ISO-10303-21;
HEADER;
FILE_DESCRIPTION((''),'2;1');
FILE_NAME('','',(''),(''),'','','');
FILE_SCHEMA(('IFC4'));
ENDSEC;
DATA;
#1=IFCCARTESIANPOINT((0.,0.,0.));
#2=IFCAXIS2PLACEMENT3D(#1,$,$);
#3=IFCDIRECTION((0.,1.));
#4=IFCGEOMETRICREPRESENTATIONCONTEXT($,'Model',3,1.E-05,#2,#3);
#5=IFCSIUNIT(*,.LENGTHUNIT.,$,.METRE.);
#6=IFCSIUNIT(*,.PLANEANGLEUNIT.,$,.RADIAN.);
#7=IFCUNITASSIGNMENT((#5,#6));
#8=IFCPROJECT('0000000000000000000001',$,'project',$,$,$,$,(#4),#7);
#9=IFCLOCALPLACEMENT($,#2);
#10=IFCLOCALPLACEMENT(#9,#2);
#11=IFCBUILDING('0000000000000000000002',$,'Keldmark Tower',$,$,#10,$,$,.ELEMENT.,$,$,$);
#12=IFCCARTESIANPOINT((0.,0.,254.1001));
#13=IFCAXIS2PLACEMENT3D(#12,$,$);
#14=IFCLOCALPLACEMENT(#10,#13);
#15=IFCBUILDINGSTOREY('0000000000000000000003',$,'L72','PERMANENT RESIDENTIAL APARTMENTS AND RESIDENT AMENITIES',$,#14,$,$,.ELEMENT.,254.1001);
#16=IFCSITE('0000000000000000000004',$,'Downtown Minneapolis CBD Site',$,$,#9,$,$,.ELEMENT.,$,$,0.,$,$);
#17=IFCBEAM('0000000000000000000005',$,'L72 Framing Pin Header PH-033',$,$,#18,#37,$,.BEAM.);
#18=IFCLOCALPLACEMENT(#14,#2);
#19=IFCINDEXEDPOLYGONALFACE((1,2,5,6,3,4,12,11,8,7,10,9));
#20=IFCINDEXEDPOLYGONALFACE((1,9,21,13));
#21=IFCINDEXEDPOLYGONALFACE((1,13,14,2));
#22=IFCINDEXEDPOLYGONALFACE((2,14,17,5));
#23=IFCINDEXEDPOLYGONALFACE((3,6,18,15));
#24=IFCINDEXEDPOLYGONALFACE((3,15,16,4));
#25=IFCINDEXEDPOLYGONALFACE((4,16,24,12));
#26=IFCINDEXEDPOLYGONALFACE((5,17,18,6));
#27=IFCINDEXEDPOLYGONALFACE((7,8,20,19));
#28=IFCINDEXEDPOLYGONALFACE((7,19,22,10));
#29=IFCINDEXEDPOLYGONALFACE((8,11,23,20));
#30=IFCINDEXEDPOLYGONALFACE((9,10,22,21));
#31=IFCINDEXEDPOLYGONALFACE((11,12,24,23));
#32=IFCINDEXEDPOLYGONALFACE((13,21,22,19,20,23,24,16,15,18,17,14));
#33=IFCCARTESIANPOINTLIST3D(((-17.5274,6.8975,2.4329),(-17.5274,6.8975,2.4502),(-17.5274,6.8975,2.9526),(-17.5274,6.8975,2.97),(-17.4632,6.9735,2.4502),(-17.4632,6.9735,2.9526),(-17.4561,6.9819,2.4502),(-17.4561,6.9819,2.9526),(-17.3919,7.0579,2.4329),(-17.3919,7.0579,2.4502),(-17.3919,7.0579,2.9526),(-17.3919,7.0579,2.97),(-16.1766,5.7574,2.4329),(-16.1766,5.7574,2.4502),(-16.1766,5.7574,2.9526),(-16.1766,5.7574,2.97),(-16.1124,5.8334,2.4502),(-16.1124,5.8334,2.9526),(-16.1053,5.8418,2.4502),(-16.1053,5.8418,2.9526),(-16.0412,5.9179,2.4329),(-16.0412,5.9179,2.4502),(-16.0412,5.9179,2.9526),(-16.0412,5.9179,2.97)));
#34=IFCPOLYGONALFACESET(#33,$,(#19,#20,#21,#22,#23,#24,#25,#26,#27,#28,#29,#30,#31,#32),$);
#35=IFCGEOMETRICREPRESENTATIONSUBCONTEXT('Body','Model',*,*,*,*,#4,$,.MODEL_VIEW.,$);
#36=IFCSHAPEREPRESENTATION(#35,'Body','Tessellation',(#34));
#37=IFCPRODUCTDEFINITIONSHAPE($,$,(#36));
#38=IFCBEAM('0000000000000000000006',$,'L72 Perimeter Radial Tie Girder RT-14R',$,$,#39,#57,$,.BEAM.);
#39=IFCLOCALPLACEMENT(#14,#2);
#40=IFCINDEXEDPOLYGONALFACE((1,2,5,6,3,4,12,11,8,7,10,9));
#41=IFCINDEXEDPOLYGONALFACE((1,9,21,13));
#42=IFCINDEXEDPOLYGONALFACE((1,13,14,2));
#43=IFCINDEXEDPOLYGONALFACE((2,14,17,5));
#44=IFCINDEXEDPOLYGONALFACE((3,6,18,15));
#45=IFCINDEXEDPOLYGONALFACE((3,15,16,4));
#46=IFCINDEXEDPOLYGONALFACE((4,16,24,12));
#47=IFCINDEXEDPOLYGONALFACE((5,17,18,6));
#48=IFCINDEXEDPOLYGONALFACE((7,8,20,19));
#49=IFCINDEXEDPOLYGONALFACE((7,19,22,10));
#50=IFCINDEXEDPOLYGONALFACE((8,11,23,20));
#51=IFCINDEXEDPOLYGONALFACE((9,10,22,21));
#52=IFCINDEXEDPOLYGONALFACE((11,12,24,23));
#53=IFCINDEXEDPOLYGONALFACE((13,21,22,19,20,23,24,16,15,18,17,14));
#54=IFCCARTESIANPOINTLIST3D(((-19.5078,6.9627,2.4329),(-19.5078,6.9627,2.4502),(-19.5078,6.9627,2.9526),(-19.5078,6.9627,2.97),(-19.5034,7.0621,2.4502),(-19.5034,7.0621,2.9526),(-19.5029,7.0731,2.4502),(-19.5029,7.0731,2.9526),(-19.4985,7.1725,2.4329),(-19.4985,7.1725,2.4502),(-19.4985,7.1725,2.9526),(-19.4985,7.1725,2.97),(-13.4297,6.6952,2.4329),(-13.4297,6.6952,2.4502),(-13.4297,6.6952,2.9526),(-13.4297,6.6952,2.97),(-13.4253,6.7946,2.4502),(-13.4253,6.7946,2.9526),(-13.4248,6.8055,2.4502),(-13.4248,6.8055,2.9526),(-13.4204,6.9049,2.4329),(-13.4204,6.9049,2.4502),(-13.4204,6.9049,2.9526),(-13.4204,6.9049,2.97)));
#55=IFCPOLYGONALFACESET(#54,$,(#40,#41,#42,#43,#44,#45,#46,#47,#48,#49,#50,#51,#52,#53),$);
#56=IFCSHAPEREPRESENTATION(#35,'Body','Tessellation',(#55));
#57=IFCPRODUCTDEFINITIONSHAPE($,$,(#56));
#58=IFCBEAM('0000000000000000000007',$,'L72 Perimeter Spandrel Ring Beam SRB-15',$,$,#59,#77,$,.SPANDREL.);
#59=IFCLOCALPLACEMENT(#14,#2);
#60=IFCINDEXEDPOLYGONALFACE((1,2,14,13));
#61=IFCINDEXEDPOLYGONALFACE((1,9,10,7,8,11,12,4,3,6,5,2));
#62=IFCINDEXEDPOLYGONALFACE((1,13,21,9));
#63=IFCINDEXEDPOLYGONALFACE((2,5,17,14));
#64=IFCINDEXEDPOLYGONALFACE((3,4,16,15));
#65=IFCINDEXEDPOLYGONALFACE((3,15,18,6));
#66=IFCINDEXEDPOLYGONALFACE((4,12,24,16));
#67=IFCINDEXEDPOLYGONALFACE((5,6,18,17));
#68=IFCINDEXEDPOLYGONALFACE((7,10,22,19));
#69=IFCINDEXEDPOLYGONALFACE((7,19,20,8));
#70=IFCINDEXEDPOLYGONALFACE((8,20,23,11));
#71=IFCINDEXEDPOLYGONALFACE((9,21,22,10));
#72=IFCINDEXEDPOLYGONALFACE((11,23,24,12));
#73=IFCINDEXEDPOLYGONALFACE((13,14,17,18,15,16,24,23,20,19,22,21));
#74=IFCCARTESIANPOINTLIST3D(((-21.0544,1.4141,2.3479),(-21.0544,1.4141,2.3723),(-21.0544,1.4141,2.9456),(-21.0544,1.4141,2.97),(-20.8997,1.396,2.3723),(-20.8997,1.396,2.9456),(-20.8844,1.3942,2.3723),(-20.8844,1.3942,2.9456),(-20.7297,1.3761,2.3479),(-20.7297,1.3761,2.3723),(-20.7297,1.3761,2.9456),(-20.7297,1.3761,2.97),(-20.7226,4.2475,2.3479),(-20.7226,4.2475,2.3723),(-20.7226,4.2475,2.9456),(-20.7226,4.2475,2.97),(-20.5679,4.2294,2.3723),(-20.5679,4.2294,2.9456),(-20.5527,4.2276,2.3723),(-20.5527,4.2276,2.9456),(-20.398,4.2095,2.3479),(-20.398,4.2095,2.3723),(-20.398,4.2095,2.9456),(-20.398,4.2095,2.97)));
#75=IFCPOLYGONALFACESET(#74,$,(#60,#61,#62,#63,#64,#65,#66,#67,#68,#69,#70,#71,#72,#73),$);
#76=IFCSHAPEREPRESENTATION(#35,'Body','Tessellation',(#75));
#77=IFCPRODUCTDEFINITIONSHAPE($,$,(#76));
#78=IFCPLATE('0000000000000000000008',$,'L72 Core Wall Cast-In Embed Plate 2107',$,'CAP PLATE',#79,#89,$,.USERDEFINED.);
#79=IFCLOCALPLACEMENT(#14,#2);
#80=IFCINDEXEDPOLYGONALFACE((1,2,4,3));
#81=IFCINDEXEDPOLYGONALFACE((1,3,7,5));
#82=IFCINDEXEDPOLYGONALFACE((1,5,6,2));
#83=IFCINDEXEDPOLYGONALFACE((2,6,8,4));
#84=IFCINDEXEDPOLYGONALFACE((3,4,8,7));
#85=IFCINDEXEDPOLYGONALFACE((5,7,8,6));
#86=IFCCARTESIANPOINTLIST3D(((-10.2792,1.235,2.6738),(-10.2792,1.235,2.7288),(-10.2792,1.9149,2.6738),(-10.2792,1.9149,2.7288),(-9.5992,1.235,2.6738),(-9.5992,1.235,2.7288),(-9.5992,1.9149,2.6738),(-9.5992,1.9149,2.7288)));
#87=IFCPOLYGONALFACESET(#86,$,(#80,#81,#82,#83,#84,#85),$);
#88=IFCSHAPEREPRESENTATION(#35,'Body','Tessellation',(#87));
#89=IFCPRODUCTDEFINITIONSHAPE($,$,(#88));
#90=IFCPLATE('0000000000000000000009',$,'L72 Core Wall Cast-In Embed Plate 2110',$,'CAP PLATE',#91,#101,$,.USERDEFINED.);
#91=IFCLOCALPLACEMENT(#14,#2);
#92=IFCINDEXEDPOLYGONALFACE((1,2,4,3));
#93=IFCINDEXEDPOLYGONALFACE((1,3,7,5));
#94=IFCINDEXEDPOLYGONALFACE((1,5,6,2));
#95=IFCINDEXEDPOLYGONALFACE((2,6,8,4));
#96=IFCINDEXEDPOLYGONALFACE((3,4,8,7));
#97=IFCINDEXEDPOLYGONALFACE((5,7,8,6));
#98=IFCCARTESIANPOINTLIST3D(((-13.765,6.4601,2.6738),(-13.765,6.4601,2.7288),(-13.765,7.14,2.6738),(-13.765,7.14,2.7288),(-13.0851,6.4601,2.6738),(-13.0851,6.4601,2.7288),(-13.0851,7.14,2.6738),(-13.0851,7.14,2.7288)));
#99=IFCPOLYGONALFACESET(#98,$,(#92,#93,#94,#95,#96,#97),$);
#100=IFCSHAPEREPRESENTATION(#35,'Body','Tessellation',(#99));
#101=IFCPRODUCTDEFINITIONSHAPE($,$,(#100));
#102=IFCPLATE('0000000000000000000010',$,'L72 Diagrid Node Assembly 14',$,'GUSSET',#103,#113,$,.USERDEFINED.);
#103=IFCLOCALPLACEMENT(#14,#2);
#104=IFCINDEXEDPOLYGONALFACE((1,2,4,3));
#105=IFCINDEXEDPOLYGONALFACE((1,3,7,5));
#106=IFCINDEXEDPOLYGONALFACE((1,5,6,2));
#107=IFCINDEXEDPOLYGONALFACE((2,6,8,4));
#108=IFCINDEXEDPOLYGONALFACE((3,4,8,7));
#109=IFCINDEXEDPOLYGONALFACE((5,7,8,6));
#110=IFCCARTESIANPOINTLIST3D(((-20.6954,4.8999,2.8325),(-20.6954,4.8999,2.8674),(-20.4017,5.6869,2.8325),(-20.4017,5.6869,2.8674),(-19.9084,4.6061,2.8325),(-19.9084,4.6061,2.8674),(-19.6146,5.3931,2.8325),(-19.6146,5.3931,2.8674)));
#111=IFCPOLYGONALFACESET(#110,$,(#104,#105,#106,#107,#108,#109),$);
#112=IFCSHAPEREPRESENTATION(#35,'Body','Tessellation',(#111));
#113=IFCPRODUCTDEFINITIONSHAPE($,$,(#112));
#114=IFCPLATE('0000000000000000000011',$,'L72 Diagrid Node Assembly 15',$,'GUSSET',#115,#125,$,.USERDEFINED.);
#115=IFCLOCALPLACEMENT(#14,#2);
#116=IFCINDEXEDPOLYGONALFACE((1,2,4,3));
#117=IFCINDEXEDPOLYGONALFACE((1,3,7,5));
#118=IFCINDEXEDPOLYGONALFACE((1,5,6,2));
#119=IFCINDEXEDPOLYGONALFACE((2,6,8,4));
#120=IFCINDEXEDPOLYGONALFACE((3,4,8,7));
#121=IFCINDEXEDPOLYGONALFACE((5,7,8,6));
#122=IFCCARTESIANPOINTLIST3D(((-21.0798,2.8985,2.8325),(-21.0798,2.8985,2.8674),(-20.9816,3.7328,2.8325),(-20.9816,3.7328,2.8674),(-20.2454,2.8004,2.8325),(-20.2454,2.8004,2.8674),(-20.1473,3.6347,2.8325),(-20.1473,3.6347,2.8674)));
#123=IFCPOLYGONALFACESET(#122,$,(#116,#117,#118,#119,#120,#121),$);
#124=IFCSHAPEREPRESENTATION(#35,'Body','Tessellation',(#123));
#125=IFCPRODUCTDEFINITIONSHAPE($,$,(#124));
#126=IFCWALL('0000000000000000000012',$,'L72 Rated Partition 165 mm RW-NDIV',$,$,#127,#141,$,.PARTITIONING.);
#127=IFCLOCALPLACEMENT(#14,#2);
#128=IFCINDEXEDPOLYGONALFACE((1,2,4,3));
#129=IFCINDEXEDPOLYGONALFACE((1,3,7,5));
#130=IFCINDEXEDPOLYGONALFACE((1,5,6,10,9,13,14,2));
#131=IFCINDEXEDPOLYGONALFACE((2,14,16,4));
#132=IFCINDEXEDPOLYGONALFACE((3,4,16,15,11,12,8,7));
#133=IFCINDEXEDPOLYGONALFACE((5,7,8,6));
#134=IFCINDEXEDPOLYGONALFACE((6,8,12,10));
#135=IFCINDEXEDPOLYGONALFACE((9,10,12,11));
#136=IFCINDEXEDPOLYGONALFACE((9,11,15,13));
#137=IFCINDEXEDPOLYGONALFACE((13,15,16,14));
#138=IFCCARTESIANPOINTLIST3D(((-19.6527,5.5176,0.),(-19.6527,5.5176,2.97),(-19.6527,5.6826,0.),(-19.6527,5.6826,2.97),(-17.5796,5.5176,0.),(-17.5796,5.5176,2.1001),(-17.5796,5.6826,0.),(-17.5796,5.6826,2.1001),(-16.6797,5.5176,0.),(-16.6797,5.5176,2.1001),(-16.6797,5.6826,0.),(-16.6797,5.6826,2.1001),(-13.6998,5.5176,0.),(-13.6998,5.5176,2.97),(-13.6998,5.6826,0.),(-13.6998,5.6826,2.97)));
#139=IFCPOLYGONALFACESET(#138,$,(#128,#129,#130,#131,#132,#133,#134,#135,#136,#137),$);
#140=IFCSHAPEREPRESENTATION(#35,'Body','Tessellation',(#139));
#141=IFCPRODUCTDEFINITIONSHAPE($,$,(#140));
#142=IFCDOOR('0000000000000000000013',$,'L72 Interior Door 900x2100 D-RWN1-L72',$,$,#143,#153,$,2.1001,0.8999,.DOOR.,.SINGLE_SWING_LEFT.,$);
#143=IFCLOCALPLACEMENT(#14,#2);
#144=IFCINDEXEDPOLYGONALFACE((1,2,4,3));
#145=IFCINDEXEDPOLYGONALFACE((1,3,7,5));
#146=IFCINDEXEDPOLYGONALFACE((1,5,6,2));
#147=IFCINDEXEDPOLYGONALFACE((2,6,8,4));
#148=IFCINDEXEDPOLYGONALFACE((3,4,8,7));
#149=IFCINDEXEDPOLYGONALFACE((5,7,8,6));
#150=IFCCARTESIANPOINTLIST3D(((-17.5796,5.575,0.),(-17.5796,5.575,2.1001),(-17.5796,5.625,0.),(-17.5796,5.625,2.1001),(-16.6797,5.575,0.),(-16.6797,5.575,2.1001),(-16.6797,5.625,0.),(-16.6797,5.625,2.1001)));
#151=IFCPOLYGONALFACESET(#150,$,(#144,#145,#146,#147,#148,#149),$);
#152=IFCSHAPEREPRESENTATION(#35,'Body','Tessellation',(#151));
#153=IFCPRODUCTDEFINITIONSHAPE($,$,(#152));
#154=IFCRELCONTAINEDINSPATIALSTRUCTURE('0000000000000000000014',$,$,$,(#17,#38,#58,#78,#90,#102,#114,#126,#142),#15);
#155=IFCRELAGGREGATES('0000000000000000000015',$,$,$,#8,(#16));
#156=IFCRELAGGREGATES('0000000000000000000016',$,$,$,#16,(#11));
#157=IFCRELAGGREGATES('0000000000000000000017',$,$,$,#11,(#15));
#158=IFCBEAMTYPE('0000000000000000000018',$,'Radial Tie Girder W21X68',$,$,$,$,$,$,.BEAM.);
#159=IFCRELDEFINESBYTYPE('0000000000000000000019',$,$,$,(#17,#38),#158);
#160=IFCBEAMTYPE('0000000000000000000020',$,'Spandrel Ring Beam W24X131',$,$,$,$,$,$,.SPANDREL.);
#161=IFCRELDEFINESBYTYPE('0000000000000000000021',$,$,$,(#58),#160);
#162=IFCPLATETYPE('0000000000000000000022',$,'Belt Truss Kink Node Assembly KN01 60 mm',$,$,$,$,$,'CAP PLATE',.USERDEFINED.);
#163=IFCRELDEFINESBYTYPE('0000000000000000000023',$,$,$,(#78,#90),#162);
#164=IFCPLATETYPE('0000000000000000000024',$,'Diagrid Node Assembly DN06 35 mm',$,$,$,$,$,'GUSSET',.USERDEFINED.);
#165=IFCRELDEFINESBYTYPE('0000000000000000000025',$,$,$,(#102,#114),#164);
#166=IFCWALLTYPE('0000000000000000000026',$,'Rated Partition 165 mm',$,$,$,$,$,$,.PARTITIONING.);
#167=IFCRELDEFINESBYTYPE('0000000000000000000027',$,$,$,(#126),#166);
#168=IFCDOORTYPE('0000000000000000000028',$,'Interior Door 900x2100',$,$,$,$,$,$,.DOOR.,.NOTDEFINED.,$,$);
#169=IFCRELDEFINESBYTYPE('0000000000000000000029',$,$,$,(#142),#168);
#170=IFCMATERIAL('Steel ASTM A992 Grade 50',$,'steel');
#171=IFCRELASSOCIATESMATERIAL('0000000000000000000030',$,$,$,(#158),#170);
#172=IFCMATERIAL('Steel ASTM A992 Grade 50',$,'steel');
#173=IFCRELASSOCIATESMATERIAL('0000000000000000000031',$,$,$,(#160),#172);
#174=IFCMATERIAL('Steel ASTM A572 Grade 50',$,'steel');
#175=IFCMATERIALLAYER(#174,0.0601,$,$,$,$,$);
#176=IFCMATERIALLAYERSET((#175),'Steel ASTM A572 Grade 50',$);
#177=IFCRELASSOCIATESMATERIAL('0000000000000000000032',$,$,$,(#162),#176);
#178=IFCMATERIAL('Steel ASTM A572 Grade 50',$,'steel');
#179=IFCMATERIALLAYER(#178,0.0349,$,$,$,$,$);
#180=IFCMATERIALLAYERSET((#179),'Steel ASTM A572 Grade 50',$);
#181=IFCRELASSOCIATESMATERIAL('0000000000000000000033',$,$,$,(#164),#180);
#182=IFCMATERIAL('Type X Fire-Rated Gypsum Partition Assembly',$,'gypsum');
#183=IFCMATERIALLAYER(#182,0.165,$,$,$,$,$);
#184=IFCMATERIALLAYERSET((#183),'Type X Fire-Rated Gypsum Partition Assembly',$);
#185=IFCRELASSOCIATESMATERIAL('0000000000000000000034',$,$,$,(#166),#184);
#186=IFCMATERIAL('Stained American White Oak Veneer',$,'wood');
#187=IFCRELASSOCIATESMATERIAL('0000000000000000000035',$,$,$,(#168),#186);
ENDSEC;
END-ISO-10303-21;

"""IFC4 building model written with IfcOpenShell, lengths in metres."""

from ifc_helpers import new_model, si_unit, direction, frame, frame_2d, origin, origin_2d, place, context, subcontext, project, spatial, rectangle, i_section, extrude, material, layer, layer_set, material_profile, profile_set, type_object, element, fill, save


model = new_model("IFC4")

# Units and contexts
model_context = context("Model", 3, precision=1e-05, world=origin(), true_north=direction((0.0, 1.0)))
body_context = subcontext(model_context, "Body", "Model", "MODEL_VIEW")
ifc_project = project(units=[si_unit("LENGTHUNIT", "METRE"), si_unit("PLANEANGLEUNIT", "RADIAN")], contexts=[model_context])

# Site, building, storey
site_placement = place(None, origin())
site = spatial("IfcSite", under=ifc_project, at=site_placement, Name="Downtown Minneapolis CBD Site", CompositionType="ELEMENT", RefElevation=0.0)
building_placement = place(site_placement, origin())
building = spatial("IfcBuilding", under=site, at=building_placement, Name="Keldmark Tower", CompositionType="ELEMENT")
storey_placement = place(building_placement, frame((0.0, 0.0, 254.1001)))
storey = spatial("IfcBuildingStorey", under=building, at=storey_placement, Name="L72", Description="PERMANENT RESIDENTIAL APARTMENTS AND RESIDENT AMENITIES", CompositionType="ELEMENT", Elevation=254.1001)

# Beams
ifc_material_1 = material(Name="Steel ASTM A992 Grade 50", Category="steel")
ifc_material_profile_1 = material_profile(ifc_material_1, i_section(OverallWidth=0.21, OverallDepth=0.5371, WebThickness=0.011, FlangeThickness=0.0173, at=origin_2d()), Name="W21X68")
ifc_profile_set_1 = profile_set([ifc_material_profile_1], Name="Steel ASTM A992 Grade 50")
beam_type_1 = type_object("IfcBeamType", Name="Radial Tie Girder W21X68", PredefinedType="BEAM", material=ifc_profile_set_1)
beam_1_placement = place(storey_placement, frame((-16.1089, 5.8376, 2.7014), z_axis=(-0.764187, 0.644994, 0.0), x_axis=(-0.644994, -0.764187, 0.0)))
element("IfcBeam", 1, at=beam_1_placement, inside=storey, type_object=beam_type_1, Name="L72 Framing Pin Header PH-033", PredefinedType="BEAM", context=body_context, shape_type="SweptSolid", body=[
    extrude(i_section(OverallWidth=0.21, OverallDepth=0.5371, WebThickness=0.011, FlangeThickness=0.0173, at=origin_2d()), origin(), (0.0, 0.0, 1.0), 1.7676),
])
beam_2_placement = place(storey_placement, frame((-13.425, 6.8, 2.7014), z_axis=(-0.999032, 0.043981, 0.0), x_axis=(-0.043981, -0.999032, 0.0)))
element("IfcBeam", 2, at=beam_2_placement, inside=storey, type_object=beam_type_1, Name="L72 Perimeter Radial Tie Girder RT-14R", PredefinedType="BEAM", context=body_context, shape_type="SweptSolid", body=[
    extrude(i_section(OverallWidth=0.21, OverallDepth=0.5371, WebThickness=0.011, FlangeThickness=0.0173, at=origin_2d()), origin(), (0.0, 0.0, 1.0), 6.084),
])
ifc_material_2 = material(Name="Steel ASTM A992 Grade 50", Category="steel")
ifc_material_profile_2 = material_profile(ifc_material_2, i_section(OverallWidth=0.3269, OverallDepth=0.6221, WebThickness=0.0154, FlangeThickness=0.0244, at=origin_2d()), Name="W24X131")
ifc_profile_set_2 = profile_set([ifc_material_profile_2], Name="Steel ASTM A992 Grade 50")
beam_type_2 = type_object("IfcBeamType", Name="Spandrel Ring Beam W24X131", PredefinedType="SPANDREL", material=ifc_profile_set_2)
beam_3_placement = place(storey_placement, frame((-20.5603, 4.2285, 2.6589), z_axis=(-0.1163, -0.993214, 0.0), x_axis=(0.993214, -0.1163, 0.0)))
element("IfcBeam", 3, at=beam_3_placement, inside=storey, type_object=beam_type_2, Name="L72 Perimeter Spandrel Ring Beam SRB-15", PredefinedType="SPANDREL", context=body_context, shape_type="SweptSolid", body=[
    extrude(i_section(OverallWidth=0.3269, OverallDepth=0.6221, WebThickness=0.0154, FlangeThickness=0.0244, at=origin_2d()), origin(), (0.0, 0.0, 1.0), 2.8528),
])

# Plates
ifc_material_3 = material(Name="Steel ASTM A572 Grade 50", Category="steel")
ifc_layer_1 = layer(ifc_material_3, 0.0601)
ifc_layer_set_1 = layer_set([ifc_layer_1], Name="Steel ASTM A572 Grade 50")
plate_type_1 = type_object("IfcPlateType", Name="Belt Truss Kink Node Assembly KN01 60 mm", ElementType="CAP PLATE", PredefinedType="USERDEFINED", material=ifc_layer_set_1)
for number, where, z_axis, x_axis, name in (
    (4, (-9.9392, 1.575, 2.6738), (0.0, 0.0, 1.0), (1.0, 0.0, 0.0), "L72 Core Wall Cast-In Embed Plate 2107"),
    (5, (-13.425, 6.8, 2.6738), (0.0, 0.0, 1.0), (1.0, 0.0, 0.0), "L72 Core Wall Cast-In Embed Plate 2110"),
):
    element("IfcPlate", number, at=place(storey_placement, frame(where, z_axis=z_axis, x_axis=x_axis)), inside=storey, type_object=plate_type_1, Name=name, ObjectType="CAP PLATE", PredefinedType="USERDEFINED", context=body_context, shape_type="SweptSolid", body=[
        extrude(rectangle(XDim=0.6799, YDim=0.6799, at=origin_2d()), origin(), (0.0, 0.0, 1.0), 0.0549),
    ])
ifc_material_4 = material(Name="Steel ASTM A572 Grade 50", Category="steel")
ifc_layer_2 = layer(ifc_material_4, 0.0349)
ifc_layer_set_2 = layer_set([ifc_layer_2], Name="Steel ASTM A572 Grade 50")
plate_type_2 = type_object("IfcPlateType", Name="Diagrid Node Assembly DN06 35 mm", ElementType="GUSSET", PredefinedType="USERDEFINED", material=ifc_layer_set_2)
for number, where, z_axis, x_axis, name in (
    (6, (-20.155, 5.1465, 2.8325), (0.0, 0.0, 1.0), (-0.349717, -0.936855, 0.0), "L72 Diagrid Node Assembly 14"),
    (7, (-20.6135, 3.2666, 2.8325), (0.0, 0.0, 1.0), (-0.116844, -0.99315, 0.0), "L72 Diagrid Node Assembly 15"),
):
    element("IfcPlate", number, at=place(storey_placement, frame(where, z_axis=z_axis, x_axis=x_axis)), inside=storey, type_object=plate_type_2, Name=name, ObjectType="GUSSET", PredefinedType="USERDEFINED", context=body_context, shape_type="SweptSolid", body=[
        extrude(rectangle(XDim=0.8401, YDim=0.8401, at=origin_2d()), origin(), (0.0, 0.0, 1.0), 0.0349),
    ])

# Wall, opening, door
ifc_material_5 = material(Name="Type X Fire-Rated Gypsum Partition Assembly", Category="gypsum")
ifc_layer_3 = layer(ifc_material_5, 0.165)
ifc_layer_set_3 = layer_set([ifc_layer_3], Name="Type X Fire-Rated Gypsum Partition Assembly")
wall_type_1 = type_object("IfcWallType", Name="Rated Partition 165 mm", PredefinedType="PARTITIONING", material=ifc_layer_set_3)
wall_1_placement = place(storey_placement, frame((-19.6528, 5.6001, 0.0), z_axis=(0.0, 0.0, 1.0), x_axis=(1.0, 0.0, 0.0)))
wall_1 = element("IfcWall", 8, at=wall_1_placement, inside=storey, type_object=wall_type_1, Name="L72 Rated Partition 165 mm RW-NDIV", PredefinedType="PARTITIONING", context=body_context, shape_type="SweptSolid", body=[
    extrude(rectangle(XDim=5.9529, YDim=0.165, at=frame_2d((2.9766, 0.0))), origin(), (0.0, 0.0, 1.0), 2.97),
])
opening_1_placement = place(wall_1_placement, frame((2.0732, 0.0, 0.0)))
opening_1 = element("IfcOpeningElement", 9, at=opening_1_placement, cuts=wall_1, PredefinedType="OPENING", context=body_context, shape_type="SweptSolid", body=[
    extrude(rectangle(XDim=0.8999, YDim=2.1001, at=frame_2d((0.45, 1.05))), frame((0.0, 0.0925, 0.0), z_axis=(0.0, -1.0, 0.0), x_axis=(1.0, 0.0, 0.0)), (0.0, 0.0, 1.0), 0.1851),
])
ifc_material_6 = material(Name="Stained American White Oak Veneer", Category="wood")
door_type = type_object("IfcDoorType", Name="Interior Door 900x2100", OperationType="NOTDEFINED", PredefinedType="DOOR", material=ifc_material_6)
door_placement = place(opening_1_placement, origin())
door = element("IfcDoor", 10, at=door_placement, inside=storey, type_object=door_type, Name="L72 Interior Door 900x2100 D-RWN1-L72", OperationType="SINGLE_SWING_LEFT", OverallHeight=2.1001, OverallWidth=0.8999, PredefinedType="DOOR", context=body_context, shape_type="SweptSolid", body=[
    extrude(rectangle(XDim=0.8999, YDim=2.1001, at=frame_2d((0.45, 1.05))), frame((0.0, 0.0249, 0.0), z_axis=(0.0, -1.0, 0.0), x_axis=(1.0, 0.0, 0.0)), (0.0, 0.0, 1.0), 0.05),
])
fill(opening_1, door)

save(model, "model.ifc")
